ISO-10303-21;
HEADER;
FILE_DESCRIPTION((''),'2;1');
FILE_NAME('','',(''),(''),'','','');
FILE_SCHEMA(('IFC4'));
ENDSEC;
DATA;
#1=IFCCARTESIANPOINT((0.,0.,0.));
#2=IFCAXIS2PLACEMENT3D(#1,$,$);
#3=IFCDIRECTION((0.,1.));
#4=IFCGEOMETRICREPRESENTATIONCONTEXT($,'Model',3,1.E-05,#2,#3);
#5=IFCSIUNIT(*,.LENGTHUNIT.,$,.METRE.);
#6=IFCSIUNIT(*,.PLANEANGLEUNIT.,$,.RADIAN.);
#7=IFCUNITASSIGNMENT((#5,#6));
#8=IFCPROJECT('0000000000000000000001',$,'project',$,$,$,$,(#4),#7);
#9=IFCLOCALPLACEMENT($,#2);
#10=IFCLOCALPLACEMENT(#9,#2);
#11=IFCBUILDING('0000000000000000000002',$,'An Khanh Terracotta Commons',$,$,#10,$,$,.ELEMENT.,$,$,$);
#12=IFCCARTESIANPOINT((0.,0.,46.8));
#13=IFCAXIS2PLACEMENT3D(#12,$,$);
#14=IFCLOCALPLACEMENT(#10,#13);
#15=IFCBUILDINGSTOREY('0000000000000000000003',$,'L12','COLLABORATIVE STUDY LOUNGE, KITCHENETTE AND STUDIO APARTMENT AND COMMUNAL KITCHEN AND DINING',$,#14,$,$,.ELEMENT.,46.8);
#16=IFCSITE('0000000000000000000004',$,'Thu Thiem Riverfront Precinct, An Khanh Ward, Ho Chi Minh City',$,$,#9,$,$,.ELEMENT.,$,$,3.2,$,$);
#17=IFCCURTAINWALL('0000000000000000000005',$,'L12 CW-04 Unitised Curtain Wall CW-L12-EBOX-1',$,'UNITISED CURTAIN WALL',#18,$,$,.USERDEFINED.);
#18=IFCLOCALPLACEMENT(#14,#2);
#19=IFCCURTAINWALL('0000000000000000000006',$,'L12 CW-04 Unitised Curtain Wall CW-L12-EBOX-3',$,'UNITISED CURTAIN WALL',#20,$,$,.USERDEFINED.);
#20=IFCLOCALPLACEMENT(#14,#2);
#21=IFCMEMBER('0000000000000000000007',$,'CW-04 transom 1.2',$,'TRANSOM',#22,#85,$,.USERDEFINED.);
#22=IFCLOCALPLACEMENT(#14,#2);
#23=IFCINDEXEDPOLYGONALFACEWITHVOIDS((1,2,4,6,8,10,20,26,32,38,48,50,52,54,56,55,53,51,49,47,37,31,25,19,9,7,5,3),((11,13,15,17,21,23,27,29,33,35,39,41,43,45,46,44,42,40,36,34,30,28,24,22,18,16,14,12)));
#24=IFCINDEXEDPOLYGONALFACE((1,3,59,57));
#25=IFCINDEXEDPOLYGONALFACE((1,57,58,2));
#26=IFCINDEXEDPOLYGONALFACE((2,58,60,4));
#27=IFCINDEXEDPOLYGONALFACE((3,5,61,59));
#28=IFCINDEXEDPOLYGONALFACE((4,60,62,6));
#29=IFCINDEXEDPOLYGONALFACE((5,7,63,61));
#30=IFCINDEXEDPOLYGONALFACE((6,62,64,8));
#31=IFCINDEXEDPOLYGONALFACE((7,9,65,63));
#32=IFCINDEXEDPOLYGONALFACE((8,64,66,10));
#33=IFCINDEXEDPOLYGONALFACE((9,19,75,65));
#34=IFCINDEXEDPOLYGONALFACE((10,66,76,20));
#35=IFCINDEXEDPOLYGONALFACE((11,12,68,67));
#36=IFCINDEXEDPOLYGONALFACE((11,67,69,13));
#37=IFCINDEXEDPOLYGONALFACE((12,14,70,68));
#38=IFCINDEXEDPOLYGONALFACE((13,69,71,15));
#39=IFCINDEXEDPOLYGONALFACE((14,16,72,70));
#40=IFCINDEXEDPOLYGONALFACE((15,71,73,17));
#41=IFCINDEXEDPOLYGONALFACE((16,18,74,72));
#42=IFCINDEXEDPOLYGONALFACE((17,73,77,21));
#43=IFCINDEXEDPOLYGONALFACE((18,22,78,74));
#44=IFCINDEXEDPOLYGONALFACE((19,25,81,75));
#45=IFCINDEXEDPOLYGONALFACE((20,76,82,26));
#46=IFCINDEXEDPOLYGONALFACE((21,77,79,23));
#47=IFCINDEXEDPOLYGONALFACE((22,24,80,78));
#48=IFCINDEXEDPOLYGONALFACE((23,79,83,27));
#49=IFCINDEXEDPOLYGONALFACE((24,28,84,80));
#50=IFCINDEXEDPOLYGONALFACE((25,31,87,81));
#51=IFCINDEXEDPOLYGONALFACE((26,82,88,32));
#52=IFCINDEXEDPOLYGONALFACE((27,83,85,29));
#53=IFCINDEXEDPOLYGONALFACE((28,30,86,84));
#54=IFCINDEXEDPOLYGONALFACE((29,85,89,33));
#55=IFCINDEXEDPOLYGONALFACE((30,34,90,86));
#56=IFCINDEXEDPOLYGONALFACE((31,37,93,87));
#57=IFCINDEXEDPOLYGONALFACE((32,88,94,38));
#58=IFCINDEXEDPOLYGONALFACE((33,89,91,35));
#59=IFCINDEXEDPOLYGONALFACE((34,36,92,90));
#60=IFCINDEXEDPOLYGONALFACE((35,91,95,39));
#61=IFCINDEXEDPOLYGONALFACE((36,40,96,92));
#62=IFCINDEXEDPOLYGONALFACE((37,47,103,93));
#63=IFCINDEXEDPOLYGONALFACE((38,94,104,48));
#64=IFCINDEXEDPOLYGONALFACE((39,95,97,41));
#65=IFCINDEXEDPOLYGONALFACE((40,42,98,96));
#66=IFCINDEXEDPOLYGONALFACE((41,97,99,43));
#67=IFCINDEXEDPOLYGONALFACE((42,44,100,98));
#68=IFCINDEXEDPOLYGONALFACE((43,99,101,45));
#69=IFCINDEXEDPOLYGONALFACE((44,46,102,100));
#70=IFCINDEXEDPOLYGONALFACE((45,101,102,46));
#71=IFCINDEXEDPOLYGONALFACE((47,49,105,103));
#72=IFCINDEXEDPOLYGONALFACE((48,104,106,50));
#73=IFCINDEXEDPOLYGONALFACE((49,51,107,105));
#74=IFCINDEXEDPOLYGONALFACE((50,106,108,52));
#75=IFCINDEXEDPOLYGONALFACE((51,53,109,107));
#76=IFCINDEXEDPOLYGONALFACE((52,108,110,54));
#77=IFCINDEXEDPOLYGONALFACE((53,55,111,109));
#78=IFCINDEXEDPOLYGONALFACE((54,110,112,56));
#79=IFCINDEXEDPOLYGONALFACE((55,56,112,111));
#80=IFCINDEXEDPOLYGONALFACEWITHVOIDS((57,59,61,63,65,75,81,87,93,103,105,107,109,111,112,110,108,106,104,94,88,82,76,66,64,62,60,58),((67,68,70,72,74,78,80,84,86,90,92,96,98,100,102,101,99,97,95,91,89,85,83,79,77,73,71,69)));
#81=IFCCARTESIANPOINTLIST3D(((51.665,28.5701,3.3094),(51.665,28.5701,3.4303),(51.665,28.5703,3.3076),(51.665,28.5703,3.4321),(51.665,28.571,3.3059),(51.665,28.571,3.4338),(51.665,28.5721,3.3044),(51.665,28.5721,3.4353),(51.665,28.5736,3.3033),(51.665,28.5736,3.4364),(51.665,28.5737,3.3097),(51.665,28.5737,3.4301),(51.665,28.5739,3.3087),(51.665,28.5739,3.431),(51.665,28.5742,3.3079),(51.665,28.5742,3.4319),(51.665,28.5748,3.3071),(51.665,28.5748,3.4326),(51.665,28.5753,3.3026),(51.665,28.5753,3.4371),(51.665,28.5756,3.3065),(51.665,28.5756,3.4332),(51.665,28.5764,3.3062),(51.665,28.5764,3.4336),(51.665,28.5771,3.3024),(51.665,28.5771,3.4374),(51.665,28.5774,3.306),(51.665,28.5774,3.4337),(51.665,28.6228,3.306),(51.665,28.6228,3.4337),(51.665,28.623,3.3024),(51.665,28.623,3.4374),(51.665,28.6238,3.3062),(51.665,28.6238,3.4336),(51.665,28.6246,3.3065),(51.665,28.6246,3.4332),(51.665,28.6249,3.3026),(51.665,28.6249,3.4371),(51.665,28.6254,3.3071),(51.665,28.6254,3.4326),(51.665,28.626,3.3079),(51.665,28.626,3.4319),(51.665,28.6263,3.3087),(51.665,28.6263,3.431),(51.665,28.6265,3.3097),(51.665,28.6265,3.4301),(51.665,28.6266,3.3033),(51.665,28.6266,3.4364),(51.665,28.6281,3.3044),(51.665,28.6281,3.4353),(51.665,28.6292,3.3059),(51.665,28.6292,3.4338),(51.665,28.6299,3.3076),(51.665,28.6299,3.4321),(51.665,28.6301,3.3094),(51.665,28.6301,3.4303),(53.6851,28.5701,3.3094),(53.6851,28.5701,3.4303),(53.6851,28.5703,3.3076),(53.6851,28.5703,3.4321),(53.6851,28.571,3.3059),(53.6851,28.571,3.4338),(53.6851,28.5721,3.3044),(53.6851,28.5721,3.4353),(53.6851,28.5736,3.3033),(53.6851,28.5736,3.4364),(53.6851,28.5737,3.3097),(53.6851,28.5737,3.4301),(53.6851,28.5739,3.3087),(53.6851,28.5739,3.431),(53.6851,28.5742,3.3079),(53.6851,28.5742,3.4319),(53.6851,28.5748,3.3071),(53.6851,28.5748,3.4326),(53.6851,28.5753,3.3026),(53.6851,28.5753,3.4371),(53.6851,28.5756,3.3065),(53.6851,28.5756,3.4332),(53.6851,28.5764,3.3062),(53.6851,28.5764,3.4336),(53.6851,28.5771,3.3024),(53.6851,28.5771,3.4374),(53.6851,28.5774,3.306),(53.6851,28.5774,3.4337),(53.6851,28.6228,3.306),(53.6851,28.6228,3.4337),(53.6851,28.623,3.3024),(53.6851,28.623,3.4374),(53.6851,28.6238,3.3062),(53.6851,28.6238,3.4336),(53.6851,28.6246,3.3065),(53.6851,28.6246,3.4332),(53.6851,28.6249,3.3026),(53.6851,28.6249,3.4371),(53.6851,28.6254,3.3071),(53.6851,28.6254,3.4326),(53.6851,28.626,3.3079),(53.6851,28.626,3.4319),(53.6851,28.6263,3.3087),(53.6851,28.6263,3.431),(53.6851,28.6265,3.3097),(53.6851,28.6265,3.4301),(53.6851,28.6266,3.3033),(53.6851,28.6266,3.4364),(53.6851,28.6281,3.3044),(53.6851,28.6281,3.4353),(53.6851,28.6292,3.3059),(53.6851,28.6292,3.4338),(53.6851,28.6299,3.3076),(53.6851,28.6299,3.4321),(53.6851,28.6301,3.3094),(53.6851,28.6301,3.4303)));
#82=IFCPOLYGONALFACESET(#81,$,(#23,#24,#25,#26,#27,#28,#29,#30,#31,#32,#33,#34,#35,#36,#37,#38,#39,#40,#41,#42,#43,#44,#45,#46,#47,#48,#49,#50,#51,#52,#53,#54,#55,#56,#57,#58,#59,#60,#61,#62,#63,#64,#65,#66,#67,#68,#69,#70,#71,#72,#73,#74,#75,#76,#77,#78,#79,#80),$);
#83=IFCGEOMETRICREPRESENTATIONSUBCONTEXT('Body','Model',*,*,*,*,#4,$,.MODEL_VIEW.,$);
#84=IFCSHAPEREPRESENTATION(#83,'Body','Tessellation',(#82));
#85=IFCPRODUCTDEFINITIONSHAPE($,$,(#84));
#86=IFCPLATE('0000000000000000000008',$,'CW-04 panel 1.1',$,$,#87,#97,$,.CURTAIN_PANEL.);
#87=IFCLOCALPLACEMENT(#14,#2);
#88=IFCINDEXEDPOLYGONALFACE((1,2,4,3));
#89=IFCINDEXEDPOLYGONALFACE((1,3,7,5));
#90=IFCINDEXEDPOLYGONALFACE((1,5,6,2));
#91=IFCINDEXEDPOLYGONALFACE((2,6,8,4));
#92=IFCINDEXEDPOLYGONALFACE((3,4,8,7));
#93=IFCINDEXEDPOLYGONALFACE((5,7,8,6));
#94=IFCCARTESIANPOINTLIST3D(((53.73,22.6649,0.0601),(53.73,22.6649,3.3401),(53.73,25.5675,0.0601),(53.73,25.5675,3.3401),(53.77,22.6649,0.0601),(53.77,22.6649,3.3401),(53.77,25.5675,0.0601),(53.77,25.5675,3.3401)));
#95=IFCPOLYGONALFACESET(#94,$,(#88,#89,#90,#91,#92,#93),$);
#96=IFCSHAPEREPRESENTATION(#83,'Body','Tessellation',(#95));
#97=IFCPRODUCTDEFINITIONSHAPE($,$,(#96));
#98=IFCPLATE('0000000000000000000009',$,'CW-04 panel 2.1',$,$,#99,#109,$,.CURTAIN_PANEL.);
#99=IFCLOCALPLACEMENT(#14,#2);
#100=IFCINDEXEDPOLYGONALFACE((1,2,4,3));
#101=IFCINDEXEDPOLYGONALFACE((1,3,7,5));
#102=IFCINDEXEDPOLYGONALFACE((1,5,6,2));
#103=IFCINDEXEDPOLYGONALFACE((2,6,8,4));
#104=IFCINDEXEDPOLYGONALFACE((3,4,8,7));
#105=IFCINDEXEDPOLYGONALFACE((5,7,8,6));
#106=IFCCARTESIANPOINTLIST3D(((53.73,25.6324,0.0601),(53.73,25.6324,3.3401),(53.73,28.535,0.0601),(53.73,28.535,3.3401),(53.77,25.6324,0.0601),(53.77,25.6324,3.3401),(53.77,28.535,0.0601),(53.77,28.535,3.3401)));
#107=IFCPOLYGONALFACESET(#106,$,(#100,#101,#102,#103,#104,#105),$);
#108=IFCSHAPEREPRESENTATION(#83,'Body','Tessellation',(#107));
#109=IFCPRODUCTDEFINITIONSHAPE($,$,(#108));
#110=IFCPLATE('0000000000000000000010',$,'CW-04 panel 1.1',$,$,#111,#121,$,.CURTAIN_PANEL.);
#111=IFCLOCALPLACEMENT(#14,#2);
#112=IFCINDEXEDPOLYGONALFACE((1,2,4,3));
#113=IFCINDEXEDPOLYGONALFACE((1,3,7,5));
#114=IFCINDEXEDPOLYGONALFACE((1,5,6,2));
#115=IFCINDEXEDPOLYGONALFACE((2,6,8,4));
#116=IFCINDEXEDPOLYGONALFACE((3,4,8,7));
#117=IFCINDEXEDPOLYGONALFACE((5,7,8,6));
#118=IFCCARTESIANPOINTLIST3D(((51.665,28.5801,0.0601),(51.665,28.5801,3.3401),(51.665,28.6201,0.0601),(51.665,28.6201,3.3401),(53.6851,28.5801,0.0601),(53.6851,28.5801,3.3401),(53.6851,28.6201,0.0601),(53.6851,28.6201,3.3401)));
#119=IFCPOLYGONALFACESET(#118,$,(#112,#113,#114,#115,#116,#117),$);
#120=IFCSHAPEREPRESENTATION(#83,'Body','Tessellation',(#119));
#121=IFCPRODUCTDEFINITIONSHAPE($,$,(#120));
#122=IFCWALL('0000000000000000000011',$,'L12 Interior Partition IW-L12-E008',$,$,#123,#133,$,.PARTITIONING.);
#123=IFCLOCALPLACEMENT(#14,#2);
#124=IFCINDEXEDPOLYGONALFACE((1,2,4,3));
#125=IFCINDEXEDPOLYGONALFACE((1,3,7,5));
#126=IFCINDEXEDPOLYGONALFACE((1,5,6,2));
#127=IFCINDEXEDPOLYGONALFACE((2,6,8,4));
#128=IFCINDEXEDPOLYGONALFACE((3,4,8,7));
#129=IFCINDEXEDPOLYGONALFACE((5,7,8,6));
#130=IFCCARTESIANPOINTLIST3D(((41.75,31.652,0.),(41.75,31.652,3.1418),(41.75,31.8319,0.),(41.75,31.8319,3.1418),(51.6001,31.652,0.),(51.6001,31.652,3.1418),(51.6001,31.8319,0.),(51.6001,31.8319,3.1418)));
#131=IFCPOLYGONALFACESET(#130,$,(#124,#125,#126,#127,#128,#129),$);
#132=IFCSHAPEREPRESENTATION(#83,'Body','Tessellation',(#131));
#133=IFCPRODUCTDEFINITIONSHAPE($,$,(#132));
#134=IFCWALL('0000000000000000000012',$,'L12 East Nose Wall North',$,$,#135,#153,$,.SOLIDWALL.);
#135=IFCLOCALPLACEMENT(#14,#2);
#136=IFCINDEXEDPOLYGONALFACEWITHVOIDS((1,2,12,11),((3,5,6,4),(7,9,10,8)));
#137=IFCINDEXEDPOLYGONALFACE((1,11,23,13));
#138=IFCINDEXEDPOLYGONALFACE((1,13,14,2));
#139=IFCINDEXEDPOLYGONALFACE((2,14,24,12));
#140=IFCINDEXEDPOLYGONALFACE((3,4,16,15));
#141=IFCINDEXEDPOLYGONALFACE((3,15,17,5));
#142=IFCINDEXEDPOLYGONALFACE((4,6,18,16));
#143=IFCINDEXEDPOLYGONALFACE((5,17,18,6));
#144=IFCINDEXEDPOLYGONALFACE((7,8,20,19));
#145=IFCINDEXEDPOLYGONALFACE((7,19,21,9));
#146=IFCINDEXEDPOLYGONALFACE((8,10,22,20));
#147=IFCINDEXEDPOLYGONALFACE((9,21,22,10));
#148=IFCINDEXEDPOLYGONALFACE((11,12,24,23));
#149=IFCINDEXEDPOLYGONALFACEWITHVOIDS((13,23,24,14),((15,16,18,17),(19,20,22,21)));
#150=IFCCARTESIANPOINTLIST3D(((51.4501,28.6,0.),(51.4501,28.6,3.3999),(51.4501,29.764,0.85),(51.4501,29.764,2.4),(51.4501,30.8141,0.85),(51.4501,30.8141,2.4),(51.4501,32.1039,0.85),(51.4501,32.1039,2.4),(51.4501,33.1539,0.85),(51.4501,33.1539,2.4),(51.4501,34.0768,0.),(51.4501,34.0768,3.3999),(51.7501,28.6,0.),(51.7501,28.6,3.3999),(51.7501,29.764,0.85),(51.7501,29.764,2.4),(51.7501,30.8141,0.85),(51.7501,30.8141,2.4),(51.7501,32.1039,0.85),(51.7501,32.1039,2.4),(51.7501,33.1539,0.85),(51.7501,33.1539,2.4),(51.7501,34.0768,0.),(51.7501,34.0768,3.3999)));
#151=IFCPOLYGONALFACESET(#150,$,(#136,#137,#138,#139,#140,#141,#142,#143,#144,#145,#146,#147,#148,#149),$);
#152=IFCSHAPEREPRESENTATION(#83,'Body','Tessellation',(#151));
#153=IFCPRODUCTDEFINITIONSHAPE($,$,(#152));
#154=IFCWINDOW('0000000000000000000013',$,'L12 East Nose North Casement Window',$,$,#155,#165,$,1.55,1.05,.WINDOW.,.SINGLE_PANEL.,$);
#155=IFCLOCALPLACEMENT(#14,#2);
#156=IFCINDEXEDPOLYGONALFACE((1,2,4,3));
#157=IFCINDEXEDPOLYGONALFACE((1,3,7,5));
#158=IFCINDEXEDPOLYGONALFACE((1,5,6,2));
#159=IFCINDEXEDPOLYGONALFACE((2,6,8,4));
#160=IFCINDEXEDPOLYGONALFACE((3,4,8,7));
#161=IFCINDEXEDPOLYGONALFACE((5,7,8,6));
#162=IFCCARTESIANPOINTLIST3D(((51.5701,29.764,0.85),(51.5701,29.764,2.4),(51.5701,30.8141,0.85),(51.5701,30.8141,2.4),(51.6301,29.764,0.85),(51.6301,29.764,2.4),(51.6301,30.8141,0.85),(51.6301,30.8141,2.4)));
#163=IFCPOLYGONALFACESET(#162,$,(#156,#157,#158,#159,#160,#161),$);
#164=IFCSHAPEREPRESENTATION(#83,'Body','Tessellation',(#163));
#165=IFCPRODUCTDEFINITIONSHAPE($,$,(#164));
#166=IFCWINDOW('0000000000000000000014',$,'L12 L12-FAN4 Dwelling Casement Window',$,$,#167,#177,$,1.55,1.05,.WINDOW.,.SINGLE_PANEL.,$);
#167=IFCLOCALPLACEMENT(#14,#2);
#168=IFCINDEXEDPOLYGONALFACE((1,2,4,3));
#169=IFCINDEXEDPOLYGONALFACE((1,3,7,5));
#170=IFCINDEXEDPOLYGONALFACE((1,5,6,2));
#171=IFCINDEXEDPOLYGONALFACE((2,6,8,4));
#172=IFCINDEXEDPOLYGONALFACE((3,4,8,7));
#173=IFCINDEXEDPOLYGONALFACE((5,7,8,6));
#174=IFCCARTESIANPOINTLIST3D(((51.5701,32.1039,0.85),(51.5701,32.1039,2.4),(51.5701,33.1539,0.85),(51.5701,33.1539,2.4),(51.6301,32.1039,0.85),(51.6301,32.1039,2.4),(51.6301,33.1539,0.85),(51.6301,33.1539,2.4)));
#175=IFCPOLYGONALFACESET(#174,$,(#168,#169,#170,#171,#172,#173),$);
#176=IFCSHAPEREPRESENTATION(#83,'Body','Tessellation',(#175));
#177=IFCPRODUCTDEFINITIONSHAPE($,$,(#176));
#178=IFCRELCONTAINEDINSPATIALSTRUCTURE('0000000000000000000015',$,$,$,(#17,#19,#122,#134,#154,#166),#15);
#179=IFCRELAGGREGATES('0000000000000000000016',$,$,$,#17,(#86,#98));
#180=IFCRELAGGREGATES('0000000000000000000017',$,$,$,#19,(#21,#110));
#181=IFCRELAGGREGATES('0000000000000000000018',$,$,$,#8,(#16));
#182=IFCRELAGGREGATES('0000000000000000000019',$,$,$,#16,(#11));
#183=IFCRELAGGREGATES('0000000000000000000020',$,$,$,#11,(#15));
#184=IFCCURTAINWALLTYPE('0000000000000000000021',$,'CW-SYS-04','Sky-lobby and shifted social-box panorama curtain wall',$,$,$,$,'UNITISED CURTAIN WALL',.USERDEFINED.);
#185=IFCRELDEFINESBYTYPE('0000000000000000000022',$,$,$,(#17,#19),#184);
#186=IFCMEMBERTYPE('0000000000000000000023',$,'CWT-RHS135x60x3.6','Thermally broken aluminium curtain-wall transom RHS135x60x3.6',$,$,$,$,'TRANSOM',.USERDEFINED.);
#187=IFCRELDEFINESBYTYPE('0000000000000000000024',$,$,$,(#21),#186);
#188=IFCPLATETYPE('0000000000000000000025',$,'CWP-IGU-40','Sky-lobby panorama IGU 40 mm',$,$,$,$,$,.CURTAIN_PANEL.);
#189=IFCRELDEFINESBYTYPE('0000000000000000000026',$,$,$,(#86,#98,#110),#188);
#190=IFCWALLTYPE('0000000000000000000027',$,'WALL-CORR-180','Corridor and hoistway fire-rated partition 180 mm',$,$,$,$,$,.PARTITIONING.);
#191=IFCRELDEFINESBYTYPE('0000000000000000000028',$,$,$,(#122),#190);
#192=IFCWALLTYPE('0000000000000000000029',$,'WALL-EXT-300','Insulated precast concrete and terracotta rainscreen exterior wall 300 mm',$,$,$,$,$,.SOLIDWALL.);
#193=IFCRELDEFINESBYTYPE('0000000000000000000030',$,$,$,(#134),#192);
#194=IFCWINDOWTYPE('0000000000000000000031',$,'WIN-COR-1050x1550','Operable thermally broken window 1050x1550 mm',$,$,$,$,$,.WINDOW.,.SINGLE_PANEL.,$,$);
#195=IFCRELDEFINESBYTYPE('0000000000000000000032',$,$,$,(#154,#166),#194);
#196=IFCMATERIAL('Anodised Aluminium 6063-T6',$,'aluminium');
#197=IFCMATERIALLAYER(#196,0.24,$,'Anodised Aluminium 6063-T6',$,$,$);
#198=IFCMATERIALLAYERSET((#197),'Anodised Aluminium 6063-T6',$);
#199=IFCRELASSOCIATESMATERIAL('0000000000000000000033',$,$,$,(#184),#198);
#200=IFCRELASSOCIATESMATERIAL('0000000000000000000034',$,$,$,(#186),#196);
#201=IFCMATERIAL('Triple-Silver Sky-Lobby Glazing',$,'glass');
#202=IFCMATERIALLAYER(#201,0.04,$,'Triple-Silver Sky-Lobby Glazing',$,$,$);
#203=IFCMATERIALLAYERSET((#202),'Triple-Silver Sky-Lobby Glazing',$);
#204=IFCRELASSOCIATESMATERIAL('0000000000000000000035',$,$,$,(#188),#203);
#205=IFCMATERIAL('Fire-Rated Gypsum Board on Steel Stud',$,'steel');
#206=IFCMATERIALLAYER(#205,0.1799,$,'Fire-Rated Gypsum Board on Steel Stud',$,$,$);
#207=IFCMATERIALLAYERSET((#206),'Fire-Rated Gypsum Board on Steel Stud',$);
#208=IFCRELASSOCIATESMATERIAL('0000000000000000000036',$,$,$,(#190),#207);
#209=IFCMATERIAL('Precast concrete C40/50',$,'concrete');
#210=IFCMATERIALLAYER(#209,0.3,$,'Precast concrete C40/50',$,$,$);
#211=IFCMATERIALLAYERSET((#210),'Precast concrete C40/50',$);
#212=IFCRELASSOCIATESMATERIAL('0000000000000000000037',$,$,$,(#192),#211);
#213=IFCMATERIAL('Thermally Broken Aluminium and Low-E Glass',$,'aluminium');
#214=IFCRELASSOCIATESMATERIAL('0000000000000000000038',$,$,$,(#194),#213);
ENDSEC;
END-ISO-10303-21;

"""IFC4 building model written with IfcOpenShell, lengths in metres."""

from ifc_helpers import new_model, si_unit, direction, frame, frame_2d, origin, origin_2d, place, context, subcontext, project, spatial, rectangle, hollow_rectangle, extrude, material, layer, layer_set, material_profile, profile_set, type_object, element, fill, aggregate, save


model = new_model("IFC4")

# Units and contexts
model_context = context("Model", 3, precision=1e-05, world=origin(), true_north=direction((0.0, 1.0)))
body_context = subcontext(model_context, "Body", "Model", "MODEL_VIEW")
ifc_project = project(units=[si_unit("LENGTHUNIT", "METRE"), si_unit("PLANEANGLEUNIT", "RADIAN")], contexts=[model_context])

# Site, building, storey
site_placement = place(None, origin())
site = spatial("IfcSite", under=ifc_project, at=site_placement, Name="Thu Thiem Riverfront Precinct, An Khanh Ward, Ho Chi Minh City", CompositionType="ELEMENT", RefElevation=3.2)
building_placement = place(site_placement, origin())
building = spatial("IfcBuilding", under=site, at=building_placement, Name="An Khanh Terracotta Commons", CompositionType="ELEMENT")
storey_placement = place(building_placement, frame((0.0, 0.0, 46.8)))
storey = spatial("IfcBuildingStorey", under=building, at=storey_placement, Name="L12", Description="COLLABORATIVE STUDY LOUNGE, KITCHENETTE AND STUDIO APARTMENT AND COMMUNAL KITCHEN AND DINING", CompositionType="ELEMENT", Elevation=46.8)

# Curtain walls
ifc_material_1 = material(Name="Anodised Aluminium 6063-T6", Category="aluminium")
ifc_layer_1 = layer(ifc_material_1, 0.24, Name="Anodised Aluminium 6063-T6")
ifc_layer_set_1 = layer_set([ifc_layer_1], Name="Anodised Aluminium 6063-T6")
curtain_wall_type = type_object("IfcCurtainWallType", Name="CW-SYS-04", Description="Sky-lobby and shifted social-box panorama curtain wall", ElementType="UNITISED CURTAIN WALL", PredefinedType="USERDEFINED", material=ifc_layer_set_1)
curtain_wall_1_placement = place(storey_placement, origin())
curtain_wall_1 = element("IfcCurtainWall", 1, at=curtain_wall_1_placement, inside=storey, type_object=curtain_wall_type, Name="L12 CW-04 Unitised Curtain Wall CW-L12-EBOX-1", ObjectType="UNITISED CURTAIN WALL", PredefinedType="USERDEFINED")
curtain_wall_2_placement = place(storey_placement, origin())
curtain_wall_2 = element("IfcCurtainWall", 2, at=curtain_wall_2_placement, inside=storey, type_object=curtain_wall_type, Name="L12 CW-04 Unitised Curtain Wall CW-L12-EBOX-3", ObjectType="UNITISED CURTAIN WALL", PredefinedType="USERDEFINED")

# Member
ifc_material_profile_1 = material_profile(ifc_material_1, hollow_rectangle(XDim=0.0601, YDim=0.135, WallThickness=0.0037, InnerFilletRadius=0.0037, OuterFilletRadius=0.0071, at=origin_2d()), Name="RHS135x60x3.6")
ifc_profile_set_1 = profile_set([ifc_material_profile_1], Name="Anodised Aluminium 6063-T6")
member_type_1 = type_object("IfcMemberType", Name="CWT-RHS135x60x3.6", Description="Thermally broken aluminium curtain-wall transom RHS135x60x3.6", ElementType="TRANSOM", PredefinedType="USERDEFINED", material=ifc_profile_set_1)
member_1_placement = place(storey_placement, frame((53.6851, 28.6001, 3.3699), z_axis=(-1.0, 0.0, 0.0), x_axis=(0.0, -1.0, 0.0)))
member_1 = element("IfcMember", 3, at=member_1_placement, type_object=member_type_1, Name="CW-04 transom 1.2", ObjectType="TRANSOM", PredefinedType="USERDEFINED", context=body_context, shape_type="SweptSolid", body=[
    extrude(hollow_rectangle(XDim=0.0601, YDim=0.135, WallThickness=0.0037, InnerFilletRadius=0.0037, OuterFilletRadius=0.0071, at=origin_2d()), origin(), (0.0, 0.0, 1.0), 2.02),
])

# Plates
ifc_material_2 = material(Name="Triple-Silver Sky-Lobby Glazing", Category="glass")
ifc_layer_2 = layer(ifc_material_2, 0.04, Name="Triple-Silver Sky-Lobby Glazing")
ifc_layer_set_2 = layer_set([ifc_layer_2], Name="Triple-Silver Sky-Lobby Glazing")
plate_type = type_object("IfcPlateType", Name="CWP-IGU-40", Description="Sky-lobby panorama IGU 40 mm", PredefinedType="CURTAIN_PANEL", material=ifc_layer_set_2)
plate_1_placement = place(storey_placement, frame((53.75, 24.1162, 0.0601), z_axis=(0.0, 0.0, 1.0), x_axis=(0.0, 1.0, 0.0)))
plate_1 = element("IfcPlate", 4, at=plate_1_placement, type_object=plate_type, Name="CW-04 panel 1.1", PredefinedType="CURTAIN_PANEL", context=body_context, shape_type="SweptSolid", body=[
    extrude(rectangle(XDim=2.9026, YDim=0.04, at=origin_2d()), origin(), (0.0, 0.0, 1.0), 3.28),
])
plate_2_placement = place(storey_placement, frame((53.75, 27.0837, 0.0601), z_axis=(0.0, 0.0, 1.0), x_axis=(0.0, 1.0, 0.0)))
plate_2 = element("IfcPlate", 5, at=plate_2_placement, type_object=plate_type, Name="CW-04 panel 2.1", PredefinedType="CURTAIN_PANEL", context=body_context, shape_type="SweptSolid", body=[
    extrude(rectangle(XDim=2.9026, YDim=0.04, at=origin_2d()), origin(), (0.0, 0.0, 1.0), 3.28),
])
aggregate(curtain_wall_1, [plate_1, plate_2])
plate_3_placement = place(storey_placement, frame((52.675, 28.6001, 0.0601), z_axis=(0.0, 0.0, 1.0), x_axis=(-1.0, 0.0, 0.0)))
plate_3 = element("IfcPlate", 6, at=plate_3_placement, type_object=plate_type, Name="CW-04 panel 1.1", PredefinedType="CURTAIN_PANEL", context=body_context, shape_type="SweptSolid", body=[
    extrude(rectangle(XDim=2.02, YDim=0.04, at=origin_2d()), origin(), (0.0, 0.0, 1.0), 3.28),
])
aggregate(curtain_wall_2, [member_1, plate_3])

# Wall
ifc_material_3 = material(Name="Fire-Rated Gypsum Board on Steel Stud", Category="steel")
ifc_layer_3 = layer(ifc_material_3, 0.1799, Name="Fire-Rated Gypsum Board on Steel Stud")
ifc_layer_set_3 = layer_set([ifc_layer_3], Name="Fire-Rated Gypsum Board on Steel Stud")
wall_type_1 = type_object("IfcWallType", Name="WALL-CORR-180", Description="Corridor and hoistway fire-rated partition 180 mm", PredefinedType="PARTITIONING", material=ifc_layer_set_3)
wall_1_placement = place(storey_placement, frame((41.75, 31.7419, 0.0), z_axis=(0.0, 0.0, 1.0), x_axis=(1.0, 0.0, 0.0)))
element("IfcWall", 7, at=wall_1_placement, inside=storey, type_object=wall_type_1, Name="L12 Interior Partition IW-L12-E008", PredefinedType="PARTITIONING", context=body_context, shape_type="SweptSolid", body=[
    extrude(rectangle(XDim=9.8501, YDim=0.1799, at=frame_2d((4.925, 0.0))), origin(), (0.0, 0.0, 1.0), 3.1418),
])

# Wall, openings, windows
ifc_material_4 = material(Name="Precast concrete C40/50", Category="concrete")
ifc_layer_4 = layer(ifc_material_4, 0.3, Name="Precast concrete C40/50")
ifc_layer_set_4 = layer_set([ifc_layer_4], Name="Precast concrete C40/50")
wall_type_2 = type_object("IfcWallType", Name="WALL-EXT-300", Description="Insulated precast concrete and terracotta rainscreen exterior wall 300 mm", PredefinedType="SOLIDWALL", material=ifc_layer_set_4)
wall_2_placement = place(storey_placement, frame((51.6001, 28.6001, 0.0), z_axis=(0.0, 0.0, 1.0), x_axis=(0.0, 1.0, 0.0)))
wall_2 = element("IfcWall", 8, at=wall_2_placement, inside=storey, type_object=wall_type_2, Name="L12 East Nose Wall North", PredefinedType="SOLIDWALL", context=body_context, shape_type="SweptSolid", body=[
    extrude(rectangle(XDim=5.4768, YDim=0.3, at=frame_2d((2.7383, 0.0))), origin(), (0.0, 0.0, 1.0), 3.3999),
])
opening_1_placement = place(wall_2_placement, frame((1.1641, 0.0, 0.8501)))
opening_1 = element("IfcOpeningElement", 9, at=opening_1_placement, cuts=wall_2, PredefinedType="OPENING", context=body_context, shape_type="SweptSolid", body=[
    extrude(rectangle(XDim=1.05, YDim=1.55, at=frame_2d((0.5249, 0.7749))), frame((0.0, 0.1599, 0.0), z_axis=(0.0, -1.0, 0.0), x_axis=(1.0, 0.0, 0.0)), (0.0, 0.0, 1.0), 0.3201),
])
opening_2_placement = place(wall_2_placement, frame((3.5039, 0.0, 0.8501)))
opening_2 = element("IfcOpeningElement", 10, at=opening_2_placement, cuts=wall_2, PredefinedType="OPENING", context=body_context, shape_type="SweptSolid", body=[
    extrude(rectangle(XDim=1.05, YDim=1.55, at=frame_2d((0.5249, 0.7749))), frame((0.0, 0.1599, 0.0), z_axis=(0.0, -1.0, 0.0), x_axis=(1.0, 0.0, 0.0)), (0.0, 0.0, 1.0), 0.3201),
])
ifc_material_5 = material(Name="Thermally Broken Aluminium and Low-E Glass", Category="aluminium")
window_type = type_object("IfcWindowType", Name="WIN-COR-1050x1550", Description="Operable thermally broken window 1050x1550 mm", PartitioningType="SINGLE_PANEL", PredefinedType="WINDOW", material=ifc_material_5)
window_1_placement = place(opening_1_placement, origin())
window_1 = element("IfcWindow", 11, at=window_1_placement, inside=storey, type_object=window_type, Name="L12 East Nose North Casement Window", OverallHeight=1.55, OverallWidth=1.05, PartitioningType="SINGLE_PANEL", PredefinedType="WINDOW", context=body_context, shape_type="SweptSolid", body=[
    extrude(rectangle(XDim=1.05, YDim=1.55, at=frame_2d((0.5249, 0.7749))), frame((0.0, 0.03, 0.0), z_axis=(0.0, -1.0, 0.0), x_axis=(1.0, 0.0, 0.0)), (0.0, 0.0, 1.0), 0.0601),
])
fill(opening_1, window_1)
window_2_placement = place(opening_2_placement, origin())
window_2 = element("IfcWindow", 12, at=window_2_placement, inside=storey, type_object=window_type, Name="L12 L12-FAN4 Dwelling Casement Window", OverallHeight=1.55, OverallWidth=1.05, PartitioningType="SINGLE_PANEL", PredefinedType="WINDOW", context=body_context, shape_type="SweptSolid", body=[
    extrude(rectangle(XDim=1.05, YDim=1.55, at=frame_2d((0.5249, 0.7749))), frame((0.0, 0.03, 0.0), z_axis=(0.0, -1.0, 0.0), x_axis=(1.0, 0.0, 0.0)), (0.0, 0.0, 1.0), 0.0601),
])
fill(opening_2, window_2)

save(model, "model.ifc")
